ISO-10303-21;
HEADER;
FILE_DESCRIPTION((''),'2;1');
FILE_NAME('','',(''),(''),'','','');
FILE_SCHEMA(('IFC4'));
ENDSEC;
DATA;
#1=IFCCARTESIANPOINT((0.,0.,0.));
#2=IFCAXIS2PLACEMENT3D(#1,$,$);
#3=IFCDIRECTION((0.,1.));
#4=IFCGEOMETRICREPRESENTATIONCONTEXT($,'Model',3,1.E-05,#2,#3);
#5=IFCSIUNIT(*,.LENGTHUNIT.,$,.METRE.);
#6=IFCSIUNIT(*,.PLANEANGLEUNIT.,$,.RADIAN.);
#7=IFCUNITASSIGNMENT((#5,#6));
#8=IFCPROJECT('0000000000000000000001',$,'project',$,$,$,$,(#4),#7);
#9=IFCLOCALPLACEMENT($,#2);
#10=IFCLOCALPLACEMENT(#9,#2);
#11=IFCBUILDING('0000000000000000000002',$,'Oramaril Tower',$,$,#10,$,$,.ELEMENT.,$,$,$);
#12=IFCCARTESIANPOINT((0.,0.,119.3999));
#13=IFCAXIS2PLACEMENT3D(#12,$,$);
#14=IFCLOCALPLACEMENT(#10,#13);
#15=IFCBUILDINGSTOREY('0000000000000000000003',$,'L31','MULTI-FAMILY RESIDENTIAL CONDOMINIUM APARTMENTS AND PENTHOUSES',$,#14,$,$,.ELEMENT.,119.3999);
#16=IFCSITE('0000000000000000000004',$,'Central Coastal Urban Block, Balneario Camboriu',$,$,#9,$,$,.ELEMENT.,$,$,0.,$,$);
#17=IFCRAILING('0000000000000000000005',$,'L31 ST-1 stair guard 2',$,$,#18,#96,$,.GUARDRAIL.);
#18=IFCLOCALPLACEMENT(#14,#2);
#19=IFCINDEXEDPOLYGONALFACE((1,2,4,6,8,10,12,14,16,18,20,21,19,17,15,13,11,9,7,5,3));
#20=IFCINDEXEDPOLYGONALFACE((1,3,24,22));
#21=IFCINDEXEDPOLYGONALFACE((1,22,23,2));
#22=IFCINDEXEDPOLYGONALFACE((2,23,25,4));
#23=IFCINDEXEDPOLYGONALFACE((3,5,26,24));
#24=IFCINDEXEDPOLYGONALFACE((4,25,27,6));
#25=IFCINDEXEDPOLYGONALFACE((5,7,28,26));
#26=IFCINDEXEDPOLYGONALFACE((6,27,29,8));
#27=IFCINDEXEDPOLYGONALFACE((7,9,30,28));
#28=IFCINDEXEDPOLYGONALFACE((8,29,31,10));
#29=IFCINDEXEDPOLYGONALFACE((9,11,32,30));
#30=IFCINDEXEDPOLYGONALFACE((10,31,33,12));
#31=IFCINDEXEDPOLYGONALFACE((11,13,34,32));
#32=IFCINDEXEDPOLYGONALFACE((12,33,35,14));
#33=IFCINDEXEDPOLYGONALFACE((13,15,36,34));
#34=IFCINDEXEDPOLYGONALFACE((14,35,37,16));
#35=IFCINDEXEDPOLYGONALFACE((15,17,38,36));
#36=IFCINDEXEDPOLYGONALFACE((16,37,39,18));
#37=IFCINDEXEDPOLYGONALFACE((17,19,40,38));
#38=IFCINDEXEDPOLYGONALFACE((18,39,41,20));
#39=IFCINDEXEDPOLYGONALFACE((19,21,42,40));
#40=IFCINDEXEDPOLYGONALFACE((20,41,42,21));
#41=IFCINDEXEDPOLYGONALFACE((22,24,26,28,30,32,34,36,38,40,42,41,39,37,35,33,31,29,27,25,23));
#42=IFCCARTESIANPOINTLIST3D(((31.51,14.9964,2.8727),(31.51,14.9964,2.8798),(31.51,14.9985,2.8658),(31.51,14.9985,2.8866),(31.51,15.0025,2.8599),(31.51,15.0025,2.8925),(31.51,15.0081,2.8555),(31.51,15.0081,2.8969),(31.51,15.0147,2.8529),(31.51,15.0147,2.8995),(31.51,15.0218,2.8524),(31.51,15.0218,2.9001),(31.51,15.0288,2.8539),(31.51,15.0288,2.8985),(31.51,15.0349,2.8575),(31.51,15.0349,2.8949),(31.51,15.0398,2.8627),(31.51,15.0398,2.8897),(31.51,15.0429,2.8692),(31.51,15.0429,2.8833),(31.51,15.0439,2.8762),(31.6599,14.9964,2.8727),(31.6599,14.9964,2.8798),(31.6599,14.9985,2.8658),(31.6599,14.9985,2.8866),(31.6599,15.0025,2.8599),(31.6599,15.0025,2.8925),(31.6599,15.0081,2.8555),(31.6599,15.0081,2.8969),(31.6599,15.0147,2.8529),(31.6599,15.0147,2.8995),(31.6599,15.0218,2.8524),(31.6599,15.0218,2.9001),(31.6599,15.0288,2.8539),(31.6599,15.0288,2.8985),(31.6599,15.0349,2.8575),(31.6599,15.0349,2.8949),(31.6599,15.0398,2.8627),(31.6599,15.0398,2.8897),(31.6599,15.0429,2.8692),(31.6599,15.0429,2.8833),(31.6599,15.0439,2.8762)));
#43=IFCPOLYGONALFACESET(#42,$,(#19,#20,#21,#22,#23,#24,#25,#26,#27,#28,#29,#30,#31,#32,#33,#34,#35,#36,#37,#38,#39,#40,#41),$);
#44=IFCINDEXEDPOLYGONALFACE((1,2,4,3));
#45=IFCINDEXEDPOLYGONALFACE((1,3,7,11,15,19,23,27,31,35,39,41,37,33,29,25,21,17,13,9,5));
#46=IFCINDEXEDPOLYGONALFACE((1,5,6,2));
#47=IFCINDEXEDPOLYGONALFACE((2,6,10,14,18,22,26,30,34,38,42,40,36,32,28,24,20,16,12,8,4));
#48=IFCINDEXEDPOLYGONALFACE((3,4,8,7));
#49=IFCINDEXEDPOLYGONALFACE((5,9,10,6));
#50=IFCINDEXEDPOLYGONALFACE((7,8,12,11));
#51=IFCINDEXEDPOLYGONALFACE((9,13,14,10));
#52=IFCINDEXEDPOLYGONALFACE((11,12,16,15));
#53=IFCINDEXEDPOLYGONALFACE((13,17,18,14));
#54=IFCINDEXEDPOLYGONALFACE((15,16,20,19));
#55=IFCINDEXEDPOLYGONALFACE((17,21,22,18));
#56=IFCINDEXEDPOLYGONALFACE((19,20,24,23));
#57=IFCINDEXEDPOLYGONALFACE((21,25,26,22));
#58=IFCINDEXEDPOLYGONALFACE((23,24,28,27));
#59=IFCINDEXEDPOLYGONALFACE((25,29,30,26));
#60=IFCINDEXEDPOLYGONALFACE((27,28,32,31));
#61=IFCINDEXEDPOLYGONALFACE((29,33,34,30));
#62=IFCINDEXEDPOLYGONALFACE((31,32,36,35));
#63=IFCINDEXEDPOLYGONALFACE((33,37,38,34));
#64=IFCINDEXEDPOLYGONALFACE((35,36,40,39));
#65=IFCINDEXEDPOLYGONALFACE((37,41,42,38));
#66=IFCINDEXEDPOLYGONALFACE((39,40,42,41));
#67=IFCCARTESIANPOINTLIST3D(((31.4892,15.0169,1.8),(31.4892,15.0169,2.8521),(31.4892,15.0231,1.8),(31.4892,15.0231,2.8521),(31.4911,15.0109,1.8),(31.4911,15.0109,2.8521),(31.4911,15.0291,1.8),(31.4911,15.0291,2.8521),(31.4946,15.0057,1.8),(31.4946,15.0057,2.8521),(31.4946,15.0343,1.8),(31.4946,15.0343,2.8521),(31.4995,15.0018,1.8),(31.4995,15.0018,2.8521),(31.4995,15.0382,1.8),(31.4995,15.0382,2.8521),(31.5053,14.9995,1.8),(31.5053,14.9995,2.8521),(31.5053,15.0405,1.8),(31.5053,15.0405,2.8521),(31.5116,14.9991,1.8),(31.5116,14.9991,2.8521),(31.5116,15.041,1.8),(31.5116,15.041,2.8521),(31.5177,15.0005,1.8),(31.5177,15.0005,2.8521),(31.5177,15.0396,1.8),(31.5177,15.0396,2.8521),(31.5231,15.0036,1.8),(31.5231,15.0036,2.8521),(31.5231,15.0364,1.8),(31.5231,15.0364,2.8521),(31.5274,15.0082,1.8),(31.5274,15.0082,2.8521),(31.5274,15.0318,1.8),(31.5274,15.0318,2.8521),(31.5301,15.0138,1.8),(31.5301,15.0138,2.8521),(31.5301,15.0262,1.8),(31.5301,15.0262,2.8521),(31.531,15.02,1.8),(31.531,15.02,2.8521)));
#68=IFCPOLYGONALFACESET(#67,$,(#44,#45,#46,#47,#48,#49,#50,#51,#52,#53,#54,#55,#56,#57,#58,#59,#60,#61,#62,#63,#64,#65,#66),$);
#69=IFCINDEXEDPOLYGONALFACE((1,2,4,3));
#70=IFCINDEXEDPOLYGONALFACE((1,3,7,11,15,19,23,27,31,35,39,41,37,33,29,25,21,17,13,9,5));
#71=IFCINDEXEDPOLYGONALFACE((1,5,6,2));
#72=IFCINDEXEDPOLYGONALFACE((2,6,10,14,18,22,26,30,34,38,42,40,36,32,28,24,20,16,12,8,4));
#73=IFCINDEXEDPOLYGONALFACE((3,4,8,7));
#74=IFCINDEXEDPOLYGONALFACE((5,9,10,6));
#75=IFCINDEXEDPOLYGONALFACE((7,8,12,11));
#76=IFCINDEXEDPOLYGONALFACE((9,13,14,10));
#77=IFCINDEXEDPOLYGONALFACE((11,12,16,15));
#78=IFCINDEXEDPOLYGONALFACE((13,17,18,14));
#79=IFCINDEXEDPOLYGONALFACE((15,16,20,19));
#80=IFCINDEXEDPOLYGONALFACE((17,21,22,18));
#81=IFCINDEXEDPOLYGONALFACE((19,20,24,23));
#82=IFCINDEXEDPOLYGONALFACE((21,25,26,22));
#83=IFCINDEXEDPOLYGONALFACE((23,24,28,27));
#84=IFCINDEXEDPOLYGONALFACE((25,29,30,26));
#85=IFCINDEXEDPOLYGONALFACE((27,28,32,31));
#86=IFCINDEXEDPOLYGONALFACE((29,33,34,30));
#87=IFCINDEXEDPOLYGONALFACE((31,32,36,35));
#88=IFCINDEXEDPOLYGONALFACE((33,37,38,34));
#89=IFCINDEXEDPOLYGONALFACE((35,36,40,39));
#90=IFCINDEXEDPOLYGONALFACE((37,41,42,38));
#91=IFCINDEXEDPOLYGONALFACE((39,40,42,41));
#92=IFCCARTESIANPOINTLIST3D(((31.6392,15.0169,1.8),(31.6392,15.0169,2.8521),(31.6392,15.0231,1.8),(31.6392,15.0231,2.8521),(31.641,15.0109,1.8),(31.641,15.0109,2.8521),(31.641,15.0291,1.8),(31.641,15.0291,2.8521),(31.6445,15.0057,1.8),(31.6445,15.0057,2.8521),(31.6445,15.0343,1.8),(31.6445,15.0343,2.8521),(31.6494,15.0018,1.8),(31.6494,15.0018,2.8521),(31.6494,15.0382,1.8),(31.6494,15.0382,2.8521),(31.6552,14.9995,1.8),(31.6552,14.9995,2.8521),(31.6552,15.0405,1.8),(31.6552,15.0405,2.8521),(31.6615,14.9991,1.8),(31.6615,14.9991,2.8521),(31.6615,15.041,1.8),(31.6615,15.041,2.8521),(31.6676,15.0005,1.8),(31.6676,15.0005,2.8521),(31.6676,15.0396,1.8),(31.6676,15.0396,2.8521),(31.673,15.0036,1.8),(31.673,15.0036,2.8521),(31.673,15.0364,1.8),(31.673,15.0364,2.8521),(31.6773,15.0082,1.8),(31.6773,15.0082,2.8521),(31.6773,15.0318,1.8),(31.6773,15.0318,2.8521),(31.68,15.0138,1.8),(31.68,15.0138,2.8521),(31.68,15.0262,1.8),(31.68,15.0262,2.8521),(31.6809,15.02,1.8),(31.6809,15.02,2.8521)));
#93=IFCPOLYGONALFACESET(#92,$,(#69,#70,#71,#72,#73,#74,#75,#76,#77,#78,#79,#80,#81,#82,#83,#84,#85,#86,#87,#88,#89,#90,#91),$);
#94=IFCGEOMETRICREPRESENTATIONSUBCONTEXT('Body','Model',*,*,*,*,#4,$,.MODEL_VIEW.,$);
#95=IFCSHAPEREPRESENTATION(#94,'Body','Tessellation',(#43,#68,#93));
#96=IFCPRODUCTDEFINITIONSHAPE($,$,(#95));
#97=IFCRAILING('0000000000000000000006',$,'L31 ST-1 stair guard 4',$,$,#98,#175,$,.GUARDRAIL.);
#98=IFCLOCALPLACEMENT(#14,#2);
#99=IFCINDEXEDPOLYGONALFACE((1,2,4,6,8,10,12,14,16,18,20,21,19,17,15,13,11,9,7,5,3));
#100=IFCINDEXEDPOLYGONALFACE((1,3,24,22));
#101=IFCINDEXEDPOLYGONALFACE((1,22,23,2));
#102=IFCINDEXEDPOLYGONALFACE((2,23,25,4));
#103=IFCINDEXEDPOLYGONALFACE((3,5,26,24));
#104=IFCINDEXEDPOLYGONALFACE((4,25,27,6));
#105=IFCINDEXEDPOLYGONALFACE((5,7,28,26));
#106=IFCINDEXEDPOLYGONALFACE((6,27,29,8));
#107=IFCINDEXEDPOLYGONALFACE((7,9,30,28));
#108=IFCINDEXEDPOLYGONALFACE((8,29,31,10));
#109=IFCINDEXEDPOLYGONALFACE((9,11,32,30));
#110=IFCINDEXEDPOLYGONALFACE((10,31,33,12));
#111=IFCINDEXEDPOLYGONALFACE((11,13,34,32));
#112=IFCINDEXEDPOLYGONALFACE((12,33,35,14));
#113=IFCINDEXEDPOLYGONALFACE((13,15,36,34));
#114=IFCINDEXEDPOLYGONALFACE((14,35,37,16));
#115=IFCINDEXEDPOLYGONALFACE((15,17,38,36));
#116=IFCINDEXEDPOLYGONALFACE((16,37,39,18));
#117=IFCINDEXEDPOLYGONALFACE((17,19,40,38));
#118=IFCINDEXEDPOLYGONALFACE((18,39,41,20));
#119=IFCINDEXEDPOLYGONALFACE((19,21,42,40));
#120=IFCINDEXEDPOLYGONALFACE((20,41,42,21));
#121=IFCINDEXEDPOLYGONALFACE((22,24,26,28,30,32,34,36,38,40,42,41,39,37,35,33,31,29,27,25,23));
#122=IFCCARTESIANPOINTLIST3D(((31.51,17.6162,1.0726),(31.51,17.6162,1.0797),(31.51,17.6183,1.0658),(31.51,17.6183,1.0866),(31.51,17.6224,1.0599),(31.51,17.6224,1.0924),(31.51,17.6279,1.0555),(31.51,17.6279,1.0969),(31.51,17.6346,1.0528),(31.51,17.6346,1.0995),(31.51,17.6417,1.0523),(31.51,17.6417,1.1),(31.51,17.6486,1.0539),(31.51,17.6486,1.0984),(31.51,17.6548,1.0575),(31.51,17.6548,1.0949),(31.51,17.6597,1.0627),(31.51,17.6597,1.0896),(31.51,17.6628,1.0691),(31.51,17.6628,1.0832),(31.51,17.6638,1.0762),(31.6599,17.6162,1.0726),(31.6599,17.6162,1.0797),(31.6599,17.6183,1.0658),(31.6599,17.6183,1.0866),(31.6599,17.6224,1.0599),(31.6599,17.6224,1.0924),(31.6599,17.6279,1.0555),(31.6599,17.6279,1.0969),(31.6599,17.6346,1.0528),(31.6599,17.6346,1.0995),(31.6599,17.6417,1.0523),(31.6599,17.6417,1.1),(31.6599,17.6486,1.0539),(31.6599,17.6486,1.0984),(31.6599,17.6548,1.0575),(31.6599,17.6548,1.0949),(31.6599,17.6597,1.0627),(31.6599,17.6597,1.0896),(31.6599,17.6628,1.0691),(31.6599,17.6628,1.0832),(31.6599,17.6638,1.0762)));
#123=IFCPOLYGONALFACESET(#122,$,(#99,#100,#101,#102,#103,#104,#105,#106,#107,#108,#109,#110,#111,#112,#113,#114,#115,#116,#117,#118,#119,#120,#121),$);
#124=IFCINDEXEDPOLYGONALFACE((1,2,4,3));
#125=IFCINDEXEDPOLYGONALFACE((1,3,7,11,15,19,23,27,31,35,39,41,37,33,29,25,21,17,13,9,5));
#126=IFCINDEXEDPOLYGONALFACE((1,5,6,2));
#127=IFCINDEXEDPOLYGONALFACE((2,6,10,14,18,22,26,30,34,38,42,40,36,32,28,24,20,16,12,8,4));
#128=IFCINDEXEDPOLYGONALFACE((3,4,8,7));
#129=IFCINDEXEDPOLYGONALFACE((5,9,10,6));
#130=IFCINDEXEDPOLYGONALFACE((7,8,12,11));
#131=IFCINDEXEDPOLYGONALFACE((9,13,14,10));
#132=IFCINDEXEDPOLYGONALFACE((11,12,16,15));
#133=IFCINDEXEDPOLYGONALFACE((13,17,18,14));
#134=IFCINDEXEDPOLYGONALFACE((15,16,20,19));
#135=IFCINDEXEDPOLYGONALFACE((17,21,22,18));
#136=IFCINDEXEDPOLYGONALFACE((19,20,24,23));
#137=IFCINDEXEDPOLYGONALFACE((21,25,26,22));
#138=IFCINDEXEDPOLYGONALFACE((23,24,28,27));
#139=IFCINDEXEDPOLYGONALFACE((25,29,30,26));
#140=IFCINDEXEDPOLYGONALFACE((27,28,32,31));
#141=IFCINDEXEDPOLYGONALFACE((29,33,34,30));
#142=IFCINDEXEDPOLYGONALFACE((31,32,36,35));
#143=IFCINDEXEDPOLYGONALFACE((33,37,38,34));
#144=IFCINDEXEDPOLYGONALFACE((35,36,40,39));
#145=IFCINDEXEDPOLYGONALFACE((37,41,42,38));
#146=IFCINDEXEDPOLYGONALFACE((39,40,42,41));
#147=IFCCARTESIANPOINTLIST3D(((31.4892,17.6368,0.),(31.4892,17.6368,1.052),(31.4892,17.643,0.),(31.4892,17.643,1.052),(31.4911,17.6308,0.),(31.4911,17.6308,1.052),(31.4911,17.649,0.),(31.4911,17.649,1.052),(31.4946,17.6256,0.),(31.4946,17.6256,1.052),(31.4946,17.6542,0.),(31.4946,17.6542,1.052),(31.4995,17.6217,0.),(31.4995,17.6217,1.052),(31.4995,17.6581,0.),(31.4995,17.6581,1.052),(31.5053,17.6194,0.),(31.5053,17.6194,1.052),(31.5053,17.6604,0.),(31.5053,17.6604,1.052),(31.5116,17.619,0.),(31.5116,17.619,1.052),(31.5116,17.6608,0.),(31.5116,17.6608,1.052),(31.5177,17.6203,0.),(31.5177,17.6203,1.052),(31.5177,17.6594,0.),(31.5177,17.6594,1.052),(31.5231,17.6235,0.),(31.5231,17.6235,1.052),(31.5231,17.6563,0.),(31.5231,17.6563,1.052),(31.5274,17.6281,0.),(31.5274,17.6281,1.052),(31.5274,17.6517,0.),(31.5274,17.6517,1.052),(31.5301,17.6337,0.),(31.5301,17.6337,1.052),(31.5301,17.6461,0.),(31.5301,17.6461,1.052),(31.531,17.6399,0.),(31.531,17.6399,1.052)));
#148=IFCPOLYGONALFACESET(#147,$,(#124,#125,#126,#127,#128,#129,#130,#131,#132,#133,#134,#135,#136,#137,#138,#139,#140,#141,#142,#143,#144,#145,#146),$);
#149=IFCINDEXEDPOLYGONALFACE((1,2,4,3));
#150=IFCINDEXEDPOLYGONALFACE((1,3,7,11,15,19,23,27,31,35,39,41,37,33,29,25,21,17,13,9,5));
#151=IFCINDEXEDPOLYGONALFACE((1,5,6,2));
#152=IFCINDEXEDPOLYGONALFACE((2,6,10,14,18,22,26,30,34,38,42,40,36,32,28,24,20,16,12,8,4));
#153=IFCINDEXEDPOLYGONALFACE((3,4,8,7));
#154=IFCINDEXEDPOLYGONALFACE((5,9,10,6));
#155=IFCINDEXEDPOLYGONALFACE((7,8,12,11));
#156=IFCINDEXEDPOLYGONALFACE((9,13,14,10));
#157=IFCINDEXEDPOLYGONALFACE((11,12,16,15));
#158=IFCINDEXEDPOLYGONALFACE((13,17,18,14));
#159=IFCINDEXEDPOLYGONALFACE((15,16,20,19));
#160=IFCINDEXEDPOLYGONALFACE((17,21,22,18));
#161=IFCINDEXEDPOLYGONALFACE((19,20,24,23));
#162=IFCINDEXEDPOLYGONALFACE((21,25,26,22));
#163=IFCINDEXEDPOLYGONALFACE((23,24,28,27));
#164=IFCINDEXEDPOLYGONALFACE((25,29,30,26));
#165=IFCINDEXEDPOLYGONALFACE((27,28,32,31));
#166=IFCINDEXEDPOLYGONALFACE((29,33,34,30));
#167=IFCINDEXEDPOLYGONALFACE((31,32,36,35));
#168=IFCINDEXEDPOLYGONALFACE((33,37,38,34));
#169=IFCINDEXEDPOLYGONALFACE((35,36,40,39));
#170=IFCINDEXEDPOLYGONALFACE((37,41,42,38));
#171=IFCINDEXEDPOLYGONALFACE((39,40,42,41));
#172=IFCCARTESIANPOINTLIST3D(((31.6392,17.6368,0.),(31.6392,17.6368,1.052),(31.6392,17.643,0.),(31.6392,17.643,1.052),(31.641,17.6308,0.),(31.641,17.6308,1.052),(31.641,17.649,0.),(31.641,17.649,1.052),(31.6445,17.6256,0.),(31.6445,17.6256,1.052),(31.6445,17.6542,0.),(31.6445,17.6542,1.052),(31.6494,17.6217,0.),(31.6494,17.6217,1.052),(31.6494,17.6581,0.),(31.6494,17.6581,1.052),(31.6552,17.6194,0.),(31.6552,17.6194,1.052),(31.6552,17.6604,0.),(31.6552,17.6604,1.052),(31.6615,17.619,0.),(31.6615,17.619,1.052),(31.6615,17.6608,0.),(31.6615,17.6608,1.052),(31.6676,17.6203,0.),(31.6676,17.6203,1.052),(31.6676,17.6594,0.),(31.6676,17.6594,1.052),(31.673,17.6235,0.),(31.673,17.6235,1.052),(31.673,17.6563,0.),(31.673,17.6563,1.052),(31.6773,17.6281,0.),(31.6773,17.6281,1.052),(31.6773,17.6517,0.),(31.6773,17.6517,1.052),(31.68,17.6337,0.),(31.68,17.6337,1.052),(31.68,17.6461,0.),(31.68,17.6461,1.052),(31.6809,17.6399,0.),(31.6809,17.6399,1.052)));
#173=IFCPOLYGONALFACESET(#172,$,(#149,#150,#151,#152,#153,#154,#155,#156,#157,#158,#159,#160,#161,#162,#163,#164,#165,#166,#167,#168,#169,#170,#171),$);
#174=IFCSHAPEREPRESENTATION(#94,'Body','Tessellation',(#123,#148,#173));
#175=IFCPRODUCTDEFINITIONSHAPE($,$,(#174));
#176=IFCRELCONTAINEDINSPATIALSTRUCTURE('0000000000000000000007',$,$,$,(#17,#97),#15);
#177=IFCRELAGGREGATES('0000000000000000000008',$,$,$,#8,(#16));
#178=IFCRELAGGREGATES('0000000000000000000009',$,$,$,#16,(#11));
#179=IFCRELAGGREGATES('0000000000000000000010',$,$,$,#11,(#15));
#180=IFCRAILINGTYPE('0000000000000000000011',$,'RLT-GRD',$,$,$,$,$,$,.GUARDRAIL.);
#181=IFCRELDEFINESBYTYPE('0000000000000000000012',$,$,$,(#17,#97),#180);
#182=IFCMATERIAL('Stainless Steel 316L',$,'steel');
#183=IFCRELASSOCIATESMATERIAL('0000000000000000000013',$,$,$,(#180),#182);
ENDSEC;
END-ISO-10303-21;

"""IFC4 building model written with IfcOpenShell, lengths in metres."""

from ifc_helpers import new_model, si_unit, direction, frame, origin, origin_2d, place, context, subcontext, project, spatial, circle, extrude, material, type_object, element, save


model = new_model("IFC4")

# Units and contexts
model_context = context("Model", 3, precision=1e-05, world=origin(), true_north=direction((0.0, 1.0)))
body_context = subcontext(model_context, "Body", "Model", "MODEL_VIEW")
ifc_project = project(units=[si_unit("LENGTHUNIT", "METRE"), si_unit("PLANEANGLEUNIT", "RADIAN")], contexts=[model_context])

# Site, building, storey
site_placement = place(None, origin())
site = spatial("IfcSite", under=ifc_project, at=site_placement, Name="Central Coastal Urban Block, Balneario Camboriu", CompositionType="ELEMENT", RefElevation=0.0)
building_placement = place(site_placement, origin())
building = spatial("IfcBuilding", under=site, at=building_placement, Name="Oramaril Tower", CompositionType="ELEMENT")
storey_placement = place(building_placement, frame((0.0, 0.0, 119.3999)))
storey = spatial("IfcBuildingStorey", under=building, at=storey_placement, Name="L31", Description="MULTI-FAMILY RESIDENTIAL CONDOMINIUM APARTMENTS AND PENTHOUSES", CompositionType="ELEMENT", Elevation=119.3999)

# Railings
ifc_material_1 = material(Name="Stainless Steel 316L", Category="steel")
railing_type_1 = type_object("IfcRailingType", Name="RLT-GRD", PredefinedType="GUARDRAIL", material=ifc_material_1)
for number, where, name in (
    (1, (31.51, 15.02, 1.8), "L31 ST-1 stair guard 2"),
    (2, (31.51, 17.6399, 0.0), "L31 ST-1 stair guard 4"),
):
    element("IfcRailing", number, at=place(storey_placement, frame(where)), inside=storey, type_object=railing_type_1, Name=name, PredefinedType="GUARDRAIL", context=body_context, shape_type="SweptSolid", body=[
        extrude(circle(Radius=0.0239, at=origin_2d()), frame((0.0, 0.0, 1.0762), z_axis=(1.0, 0.0, 0.0), x_axis=(0.0, 1.0, 0.0)), (0.0, 0.0, 1.0), 0.1499),
        extrude(circle(Radius=0.021, at=origin_2d()), origin(), (0.0, 0.0, 1.0), 1.052),
        extrude(circle(Radius=0.021, at=origin_2d()), frame((0.1499, 0.0, 0.0)), (0.0, 0.0, 1.0), 1.052),
    ])

save(model, "model.ifc")
